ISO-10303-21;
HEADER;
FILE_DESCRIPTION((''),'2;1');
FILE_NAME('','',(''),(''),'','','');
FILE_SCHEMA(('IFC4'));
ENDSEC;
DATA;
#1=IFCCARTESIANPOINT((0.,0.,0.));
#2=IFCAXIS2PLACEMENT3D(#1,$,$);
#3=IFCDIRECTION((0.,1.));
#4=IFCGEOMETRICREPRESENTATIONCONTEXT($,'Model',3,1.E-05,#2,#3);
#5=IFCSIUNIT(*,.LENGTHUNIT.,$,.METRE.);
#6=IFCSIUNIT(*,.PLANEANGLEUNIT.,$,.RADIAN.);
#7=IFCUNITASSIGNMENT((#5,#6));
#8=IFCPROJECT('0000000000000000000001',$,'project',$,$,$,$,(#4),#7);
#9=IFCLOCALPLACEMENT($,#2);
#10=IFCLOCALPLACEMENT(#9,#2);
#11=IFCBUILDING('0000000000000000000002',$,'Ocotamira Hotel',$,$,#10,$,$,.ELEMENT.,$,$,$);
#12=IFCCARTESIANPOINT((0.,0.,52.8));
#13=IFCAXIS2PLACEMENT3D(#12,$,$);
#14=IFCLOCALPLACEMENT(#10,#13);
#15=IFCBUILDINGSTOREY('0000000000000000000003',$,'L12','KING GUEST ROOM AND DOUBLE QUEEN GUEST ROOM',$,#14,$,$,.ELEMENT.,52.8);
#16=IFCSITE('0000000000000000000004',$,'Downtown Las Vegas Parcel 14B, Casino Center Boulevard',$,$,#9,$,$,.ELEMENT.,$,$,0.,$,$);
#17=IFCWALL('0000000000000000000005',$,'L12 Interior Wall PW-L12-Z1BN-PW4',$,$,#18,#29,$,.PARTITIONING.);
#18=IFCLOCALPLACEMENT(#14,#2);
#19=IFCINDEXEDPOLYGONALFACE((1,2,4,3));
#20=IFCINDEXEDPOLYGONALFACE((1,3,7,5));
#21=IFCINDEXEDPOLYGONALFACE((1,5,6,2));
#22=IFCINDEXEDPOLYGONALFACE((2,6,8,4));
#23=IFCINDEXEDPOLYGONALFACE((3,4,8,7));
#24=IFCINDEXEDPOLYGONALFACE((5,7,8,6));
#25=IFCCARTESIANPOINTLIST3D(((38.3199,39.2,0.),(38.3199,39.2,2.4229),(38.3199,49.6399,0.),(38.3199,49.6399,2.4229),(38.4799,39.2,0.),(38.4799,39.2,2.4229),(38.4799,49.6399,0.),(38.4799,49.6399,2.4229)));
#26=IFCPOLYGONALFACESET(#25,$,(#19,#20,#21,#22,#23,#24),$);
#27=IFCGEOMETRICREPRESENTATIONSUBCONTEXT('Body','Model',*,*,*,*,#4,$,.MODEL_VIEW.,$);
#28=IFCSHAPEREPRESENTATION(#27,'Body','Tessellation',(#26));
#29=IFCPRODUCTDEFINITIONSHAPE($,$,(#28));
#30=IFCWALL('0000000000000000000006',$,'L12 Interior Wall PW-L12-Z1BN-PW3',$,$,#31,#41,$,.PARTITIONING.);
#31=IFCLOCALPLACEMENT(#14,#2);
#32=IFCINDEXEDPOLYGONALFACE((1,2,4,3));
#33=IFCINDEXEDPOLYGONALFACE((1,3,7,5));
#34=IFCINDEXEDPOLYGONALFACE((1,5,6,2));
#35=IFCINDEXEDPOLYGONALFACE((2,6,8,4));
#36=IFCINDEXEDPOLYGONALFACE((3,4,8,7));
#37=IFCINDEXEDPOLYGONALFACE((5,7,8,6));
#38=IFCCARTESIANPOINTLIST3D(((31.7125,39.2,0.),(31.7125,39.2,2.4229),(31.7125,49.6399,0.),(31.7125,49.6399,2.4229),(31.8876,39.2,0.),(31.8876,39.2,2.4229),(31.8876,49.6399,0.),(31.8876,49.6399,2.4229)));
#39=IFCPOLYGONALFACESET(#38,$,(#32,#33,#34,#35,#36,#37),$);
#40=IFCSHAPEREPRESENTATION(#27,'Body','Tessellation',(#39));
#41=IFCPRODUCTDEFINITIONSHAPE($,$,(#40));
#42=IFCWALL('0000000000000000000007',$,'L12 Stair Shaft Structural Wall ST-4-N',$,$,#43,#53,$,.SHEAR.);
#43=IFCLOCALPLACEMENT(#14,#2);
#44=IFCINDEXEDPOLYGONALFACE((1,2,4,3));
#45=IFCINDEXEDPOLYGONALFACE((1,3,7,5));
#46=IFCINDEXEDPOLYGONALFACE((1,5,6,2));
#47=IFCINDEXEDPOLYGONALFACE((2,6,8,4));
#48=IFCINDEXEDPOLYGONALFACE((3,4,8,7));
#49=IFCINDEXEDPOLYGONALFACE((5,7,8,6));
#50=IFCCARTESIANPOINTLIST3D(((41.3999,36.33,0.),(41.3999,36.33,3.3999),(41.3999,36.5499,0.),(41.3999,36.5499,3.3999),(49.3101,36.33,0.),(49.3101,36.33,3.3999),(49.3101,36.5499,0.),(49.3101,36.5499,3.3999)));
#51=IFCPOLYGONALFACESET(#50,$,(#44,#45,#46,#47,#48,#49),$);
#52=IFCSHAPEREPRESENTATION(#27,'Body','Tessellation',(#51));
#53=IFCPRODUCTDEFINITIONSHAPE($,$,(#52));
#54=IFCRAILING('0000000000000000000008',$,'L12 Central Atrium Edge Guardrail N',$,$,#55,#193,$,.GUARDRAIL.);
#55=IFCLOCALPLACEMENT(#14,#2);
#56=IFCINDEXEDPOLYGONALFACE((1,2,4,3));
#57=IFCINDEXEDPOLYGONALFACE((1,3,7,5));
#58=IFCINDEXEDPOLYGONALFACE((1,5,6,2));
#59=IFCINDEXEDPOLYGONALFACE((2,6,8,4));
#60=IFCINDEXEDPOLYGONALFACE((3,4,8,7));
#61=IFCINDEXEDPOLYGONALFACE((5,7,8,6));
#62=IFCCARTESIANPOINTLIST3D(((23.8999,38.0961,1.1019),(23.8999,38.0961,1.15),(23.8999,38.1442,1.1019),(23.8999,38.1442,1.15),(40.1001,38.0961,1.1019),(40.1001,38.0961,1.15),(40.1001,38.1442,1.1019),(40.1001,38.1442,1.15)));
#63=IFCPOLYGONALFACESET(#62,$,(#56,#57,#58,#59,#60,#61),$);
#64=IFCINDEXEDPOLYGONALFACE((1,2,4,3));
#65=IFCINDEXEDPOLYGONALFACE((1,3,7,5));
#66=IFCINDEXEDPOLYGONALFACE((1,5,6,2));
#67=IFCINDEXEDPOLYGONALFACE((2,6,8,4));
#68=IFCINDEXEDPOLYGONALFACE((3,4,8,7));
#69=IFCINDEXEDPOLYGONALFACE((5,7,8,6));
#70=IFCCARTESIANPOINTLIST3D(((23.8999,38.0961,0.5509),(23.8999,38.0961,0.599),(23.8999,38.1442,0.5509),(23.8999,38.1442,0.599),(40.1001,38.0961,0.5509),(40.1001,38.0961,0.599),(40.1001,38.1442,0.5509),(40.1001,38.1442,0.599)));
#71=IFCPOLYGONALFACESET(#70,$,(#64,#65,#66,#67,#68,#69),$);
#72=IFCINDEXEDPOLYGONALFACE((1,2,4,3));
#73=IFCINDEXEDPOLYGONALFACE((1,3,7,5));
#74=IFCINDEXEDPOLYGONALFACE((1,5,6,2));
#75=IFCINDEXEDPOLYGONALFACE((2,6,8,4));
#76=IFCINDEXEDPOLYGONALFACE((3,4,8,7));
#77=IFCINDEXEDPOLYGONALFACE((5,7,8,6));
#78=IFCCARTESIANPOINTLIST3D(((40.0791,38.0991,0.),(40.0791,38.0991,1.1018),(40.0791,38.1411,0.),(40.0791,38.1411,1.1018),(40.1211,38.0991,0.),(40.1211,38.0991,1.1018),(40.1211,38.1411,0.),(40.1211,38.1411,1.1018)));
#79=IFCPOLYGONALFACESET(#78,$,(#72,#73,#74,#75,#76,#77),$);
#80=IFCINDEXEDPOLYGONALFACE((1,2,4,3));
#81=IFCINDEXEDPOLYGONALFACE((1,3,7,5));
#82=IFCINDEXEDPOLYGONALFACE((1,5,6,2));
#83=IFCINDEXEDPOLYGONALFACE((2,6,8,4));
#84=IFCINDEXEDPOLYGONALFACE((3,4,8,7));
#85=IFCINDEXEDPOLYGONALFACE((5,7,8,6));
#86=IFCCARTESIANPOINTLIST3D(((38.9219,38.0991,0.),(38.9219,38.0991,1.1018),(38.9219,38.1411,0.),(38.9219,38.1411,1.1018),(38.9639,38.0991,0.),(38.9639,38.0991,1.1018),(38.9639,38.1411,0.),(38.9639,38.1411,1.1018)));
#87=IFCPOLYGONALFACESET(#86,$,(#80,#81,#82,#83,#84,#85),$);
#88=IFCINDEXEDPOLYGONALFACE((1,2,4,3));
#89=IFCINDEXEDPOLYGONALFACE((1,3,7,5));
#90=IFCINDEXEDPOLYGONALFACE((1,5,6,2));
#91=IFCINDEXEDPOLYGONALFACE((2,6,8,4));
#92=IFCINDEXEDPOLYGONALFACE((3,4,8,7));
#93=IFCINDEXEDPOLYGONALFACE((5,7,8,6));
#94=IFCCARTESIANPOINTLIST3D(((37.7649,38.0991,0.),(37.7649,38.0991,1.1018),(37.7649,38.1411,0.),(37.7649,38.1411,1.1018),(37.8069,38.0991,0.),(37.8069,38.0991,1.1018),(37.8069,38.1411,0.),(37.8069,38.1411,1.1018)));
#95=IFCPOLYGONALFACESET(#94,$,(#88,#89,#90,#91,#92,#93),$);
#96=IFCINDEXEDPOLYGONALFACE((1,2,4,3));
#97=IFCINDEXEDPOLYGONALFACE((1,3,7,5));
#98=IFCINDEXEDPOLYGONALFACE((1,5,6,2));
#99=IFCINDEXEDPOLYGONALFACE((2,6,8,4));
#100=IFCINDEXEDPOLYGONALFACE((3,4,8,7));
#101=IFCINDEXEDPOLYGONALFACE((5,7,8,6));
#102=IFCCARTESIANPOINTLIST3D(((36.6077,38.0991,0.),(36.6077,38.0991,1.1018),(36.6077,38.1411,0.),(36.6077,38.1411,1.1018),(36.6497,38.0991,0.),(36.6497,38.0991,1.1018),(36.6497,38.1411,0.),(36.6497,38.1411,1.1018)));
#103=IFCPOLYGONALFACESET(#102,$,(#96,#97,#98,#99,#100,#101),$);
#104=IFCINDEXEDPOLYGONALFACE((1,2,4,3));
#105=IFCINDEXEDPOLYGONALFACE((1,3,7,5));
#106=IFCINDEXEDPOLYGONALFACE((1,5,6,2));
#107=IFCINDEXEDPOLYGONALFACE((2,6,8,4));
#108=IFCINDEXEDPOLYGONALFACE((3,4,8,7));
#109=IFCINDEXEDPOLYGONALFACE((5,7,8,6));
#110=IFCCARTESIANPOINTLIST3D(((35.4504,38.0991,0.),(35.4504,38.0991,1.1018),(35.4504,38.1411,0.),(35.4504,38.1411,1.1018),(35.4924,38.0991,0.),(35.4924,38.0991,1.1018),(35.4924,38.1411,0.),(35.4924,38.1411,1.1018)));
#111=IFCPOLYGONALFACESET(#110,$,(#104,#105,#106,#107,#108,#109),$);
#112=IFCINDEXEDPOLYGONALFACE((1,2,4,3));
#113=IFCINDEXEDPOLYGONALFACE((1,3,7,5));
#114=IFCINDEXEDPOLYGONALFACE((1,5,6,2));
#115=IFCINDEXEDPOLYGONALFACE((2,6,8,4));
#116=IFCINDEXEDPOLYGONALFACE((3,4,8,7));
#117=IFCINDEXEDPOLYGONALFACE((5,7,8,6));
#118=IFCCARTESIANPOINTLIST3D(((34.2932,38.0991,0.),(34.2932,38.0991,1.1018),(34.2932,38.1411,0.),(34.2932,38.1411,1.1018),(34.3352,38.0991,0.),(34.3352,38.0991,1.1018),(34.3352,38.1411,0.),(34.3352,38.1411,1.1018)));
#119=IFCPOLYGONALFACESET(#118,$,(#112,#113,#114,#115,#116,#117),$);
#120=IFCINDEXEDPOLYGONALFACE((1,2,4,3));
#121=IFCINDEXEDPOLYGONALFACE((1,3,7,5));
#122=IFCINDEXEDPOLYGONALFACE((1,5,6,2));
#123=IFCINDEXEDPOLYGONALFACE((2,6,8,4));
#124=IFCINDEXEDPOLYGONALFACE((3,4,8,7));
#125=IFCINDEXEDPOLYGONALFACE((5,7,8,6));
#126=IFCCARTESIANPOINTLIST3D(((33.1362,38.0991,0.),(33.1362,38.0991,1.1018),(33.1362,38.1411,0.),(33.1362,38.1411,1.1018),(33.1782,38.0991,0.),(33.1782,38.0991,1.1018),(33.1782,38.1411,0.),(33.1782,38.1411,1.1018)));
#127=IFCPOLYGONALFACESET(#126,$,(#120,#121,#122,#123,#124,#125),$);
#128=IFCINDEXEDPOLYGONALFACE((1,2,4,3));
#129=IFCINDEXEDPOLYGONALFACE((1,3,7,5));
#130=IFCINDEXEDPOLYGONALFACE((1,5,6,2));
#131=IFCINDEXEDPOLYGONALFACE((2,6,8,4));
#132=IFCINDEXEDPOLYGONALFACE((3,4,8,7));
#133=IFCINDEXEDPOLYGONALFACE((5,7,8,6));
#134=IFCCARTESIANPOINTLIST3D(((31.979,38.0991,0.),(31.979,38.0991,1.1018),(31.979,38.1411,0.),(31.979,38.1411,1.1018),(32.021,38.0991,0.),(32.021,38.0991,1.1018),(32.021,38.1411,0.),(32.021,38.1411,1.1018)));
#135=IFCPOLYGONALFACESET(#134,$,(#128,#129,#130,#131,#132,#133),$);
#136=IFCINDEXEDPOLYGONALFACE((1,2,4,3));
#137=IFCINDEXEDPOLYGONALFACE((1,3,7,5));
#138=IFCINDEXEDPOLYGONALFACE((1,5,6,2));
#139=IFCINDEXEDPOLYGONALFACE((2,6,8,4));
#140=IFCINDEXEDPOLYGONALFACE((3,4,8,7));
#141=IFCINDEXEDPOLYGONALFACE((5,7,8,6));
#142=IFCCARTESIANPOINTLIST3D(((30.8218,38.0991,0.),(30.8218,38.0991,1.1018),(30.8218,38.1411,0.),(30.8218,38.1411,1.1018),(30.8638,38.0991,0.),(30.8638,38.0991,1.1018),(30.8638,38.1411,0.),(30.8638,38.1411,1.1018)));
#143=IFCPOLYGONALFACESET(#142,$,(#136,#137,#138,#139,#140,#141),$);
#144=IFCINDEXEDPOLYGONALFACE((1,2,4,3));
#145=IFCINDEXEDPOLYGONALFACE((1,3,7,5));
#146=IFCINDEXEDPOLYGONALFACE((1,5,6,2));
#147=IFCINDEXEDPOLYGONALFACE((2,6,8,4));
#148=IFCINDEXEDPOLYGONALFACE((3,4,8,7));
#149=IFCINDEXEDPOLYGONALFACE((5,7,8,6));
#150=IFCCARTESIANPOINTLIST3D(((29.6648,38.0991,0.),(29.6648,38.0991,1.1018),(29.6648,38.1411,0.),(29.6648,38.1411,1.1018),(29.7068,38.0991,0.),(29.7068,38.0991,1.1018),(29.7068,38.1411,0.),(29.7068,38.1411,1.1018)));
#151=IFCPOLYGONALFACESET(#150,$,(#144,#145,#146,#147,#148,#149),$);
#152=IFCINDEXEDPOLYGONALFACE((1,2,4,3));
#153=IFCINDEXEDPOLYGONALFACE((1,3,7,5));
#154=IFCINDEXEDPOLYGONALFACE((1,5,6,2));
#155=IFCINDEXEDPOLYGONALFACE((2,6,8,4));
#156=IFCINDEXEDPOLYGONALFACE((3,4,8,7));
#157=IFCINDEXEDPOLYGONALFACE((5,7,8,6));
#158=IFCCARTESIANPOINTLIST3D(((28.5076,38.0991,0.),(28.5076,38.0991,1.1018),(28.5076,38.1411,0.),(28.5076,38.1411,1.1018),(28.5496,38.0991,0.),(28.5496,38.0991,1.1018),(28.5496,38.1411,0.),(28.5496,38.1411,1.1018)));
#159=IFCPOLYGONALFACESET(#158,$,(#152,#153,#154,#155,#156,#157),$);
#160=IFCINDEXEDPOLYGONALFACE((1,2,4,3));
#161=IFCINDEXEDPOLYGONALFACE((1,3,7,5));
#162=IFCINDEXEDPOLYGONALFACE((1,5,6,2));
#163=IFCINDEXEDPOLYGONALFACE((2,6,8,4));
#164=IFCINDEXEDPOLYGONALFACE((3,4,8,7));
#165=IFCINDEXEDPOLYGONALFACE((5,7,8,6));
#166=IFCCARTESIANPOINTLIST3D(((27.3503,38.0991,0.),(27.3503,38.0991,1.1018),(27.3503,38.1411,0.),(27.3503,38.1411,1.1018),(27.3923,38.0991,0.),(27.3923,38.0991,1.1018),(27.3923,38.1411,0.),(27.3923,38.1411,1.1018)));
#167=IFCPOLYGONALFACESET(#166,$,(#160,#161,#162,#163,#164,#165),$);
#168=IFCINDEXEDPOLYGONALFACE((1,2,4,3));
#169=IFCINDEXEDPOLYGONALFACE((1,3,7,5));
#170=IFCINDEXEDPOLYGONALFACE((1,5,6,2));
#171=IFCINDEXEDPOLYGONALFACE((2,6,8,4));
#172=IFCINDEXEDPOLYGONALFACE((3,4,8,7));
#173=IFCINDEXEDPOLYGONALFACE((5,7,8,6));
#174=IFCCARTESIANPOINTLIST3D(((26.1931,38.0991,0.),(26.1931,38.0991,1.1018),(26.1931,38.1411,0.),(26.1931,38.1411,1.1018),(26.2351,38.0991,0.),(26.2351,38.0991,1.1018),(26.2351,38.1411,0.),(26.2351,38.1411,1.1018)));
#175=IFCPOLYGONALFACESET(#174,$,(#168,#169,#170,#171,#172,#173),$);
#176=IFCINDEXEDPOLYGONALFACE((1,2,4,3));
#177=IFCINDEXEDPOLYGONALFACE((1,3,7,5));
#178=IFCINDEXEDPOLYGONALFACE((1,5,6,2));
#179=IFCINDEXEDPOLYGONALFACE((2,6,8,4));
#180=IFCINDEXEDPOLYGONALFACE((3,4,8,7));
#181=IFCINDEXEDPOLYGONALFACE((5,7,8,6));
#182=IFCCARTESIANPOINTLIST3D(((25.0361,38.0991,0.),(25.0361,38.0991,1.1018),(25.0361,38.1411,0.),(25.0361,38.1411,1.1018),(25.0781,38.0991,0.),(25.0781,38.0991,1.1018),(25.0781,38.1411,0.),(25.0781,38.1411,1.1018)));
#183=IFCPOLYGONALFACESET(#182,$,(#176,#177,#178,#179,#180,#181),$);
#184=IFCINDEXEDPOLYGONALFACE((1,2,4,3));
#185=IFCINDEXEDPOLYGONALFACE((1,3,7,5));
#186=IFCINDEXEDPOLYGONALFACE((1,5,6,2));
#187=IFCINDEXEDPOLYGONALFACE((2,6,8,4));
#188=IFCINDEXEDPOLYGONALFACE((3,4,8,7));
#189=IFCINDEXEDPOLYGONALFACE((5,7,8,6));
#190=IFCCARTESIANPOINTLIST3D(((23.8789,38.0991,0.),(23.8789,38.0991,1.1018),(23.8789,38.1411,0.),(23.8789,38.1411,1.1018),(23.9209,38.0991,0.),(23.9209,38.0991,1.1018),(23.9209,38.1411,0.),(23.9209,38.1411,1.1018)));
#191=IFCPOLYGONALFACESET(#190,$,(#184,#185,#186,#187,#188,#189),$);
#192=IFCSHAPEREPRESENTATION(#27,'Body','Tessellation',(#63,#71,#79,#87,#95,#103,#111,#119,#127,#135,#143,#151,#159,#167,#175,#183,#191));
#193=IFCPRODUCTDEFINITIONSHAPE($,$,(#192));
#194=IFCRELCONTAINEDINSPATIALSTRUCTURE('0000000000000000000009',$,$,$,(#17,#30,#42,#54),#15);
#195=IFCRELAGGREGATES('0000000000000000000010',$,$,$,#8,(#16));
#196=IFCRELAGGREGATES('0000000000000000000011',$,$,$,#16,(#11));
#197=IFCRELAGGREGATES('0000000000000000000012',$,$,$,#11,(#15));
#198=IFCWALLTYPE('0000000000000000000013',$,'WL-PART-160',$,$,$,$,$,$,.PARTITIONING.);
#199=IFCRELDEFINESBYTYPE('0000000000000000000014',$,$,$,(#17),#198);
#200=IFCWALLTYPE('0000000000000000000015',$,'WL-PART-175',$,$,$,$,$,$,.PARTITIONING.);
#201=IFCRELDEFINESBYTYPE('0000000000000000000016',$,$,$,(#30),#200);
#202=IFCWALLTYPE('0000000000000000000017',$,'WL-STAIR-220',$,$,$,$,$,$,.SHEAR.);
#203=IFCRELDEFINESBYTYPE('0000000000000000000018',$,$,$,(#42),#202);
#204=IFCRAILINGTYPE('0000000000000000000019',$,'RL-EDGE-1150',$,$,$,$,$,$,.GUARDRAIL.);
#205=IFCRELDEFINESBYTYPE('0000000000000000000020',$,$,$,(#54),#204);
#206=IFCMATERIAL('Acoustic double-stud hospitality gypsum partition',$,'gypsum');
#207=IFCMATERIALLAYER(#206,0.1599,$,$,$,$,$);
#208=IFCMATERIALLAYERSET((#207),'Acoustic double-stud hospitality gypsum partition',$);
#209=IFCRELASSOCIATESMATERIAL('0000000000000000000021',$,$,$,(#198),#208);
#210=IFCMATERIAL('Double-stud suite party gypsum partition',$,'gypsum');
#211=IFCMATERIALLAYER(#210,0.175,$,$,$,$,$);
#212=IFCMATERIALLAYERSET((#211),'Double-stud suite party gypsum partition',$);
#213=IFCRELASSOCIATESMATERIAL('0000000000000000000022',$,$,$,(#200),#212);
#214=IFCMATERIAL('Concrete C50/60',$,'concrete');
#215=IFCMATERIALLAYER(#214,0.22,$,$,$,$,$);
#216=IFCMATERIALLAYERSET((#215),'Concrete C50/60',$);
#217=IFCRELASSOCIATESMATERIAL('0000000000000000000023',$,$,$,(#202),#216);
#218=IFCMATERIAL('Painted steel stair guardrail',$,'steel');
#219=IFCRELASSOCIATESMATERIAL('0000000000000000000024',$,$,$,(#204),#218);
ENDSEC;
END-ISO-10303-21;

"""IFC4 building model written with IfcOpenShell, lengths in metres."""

from ifc_helpers import new_model, si_unit, direction, frame, frame_2d, origin, origin_2d, place, context, subcontext, project, spatial, rectangle, extrude, material, layer, layer_set, type_object, element, save


model = new_model("IFC4")

# Units and contexts
model_context = context("Model", 3, precision=1e-05, world=origin(), true_north=direction((0.0, 1.0)))
body_context = subcontext(model_context, "Body", "Model", "MODEL_VIEW")
ifc_project = project(units=[si_unit("LENGTHUNIT", "METRE"), si_unit("PLANEANGLEUNIT", "RADIAN")], contexts=[model_context])

# Site, building, storey
site_placement = place(None, origin())
site = spatial("IfcSite", under=ifc_project, at=site_placement, Name="Downtown Las Vegas Parcel 14B, Casino Center Boulevard", CompositionType="ELEMENT", RefElevation=0.0)
building_placement = place(site_placement, origin())
building = spatial("IfcBuilding", under=site, at=building_placement, Name="Ocotamira Hotel", CompositionType="ELEMENT")
storey_placement = place(building_placement, frame((0.0, 0.0, 52.8)))
storey = spatial("IfcBuildingStorey", under=building, at=storey_placement, Name="L12", Description="KING GUEST ROOM AND DOUBLE QUEEN GUEST ROOM", CompositionType="ELEMENT", Elevation=52.8)

# Walls
ifc_material_1 = material(Name="Acoustic double-stud hospitality gypsum partition", Category="gypsum")
ifc_layer_1 = layer(ifc_material_1, 0.1599)
ifc_layer_set_1 = layer_set([ifc_layer_1], Name="Acoustic double-stud hospitality gypsum partition")
wall_type_1 = type_object("IfcWallType", Name="WL-PART-160", PredefinedType="PARTITIONING", material=ifc_layer_set_1)
wall_1_placement = place(storey_placement, frame((38.3999, 39.2, 0.0), z_axis=(0.0, 0.0, 1.0), x_axis=(0.0, 1.0, 0.0)))
element("IfcWall", 1, at=wall_1_placement, inside=storey, type_object=wall_type_1, Name="L12 Interior Wall PW-L12-Z1BN-PW4", PredefinedType="PARTITIONING", context=body_context, shape_type="SweptSolid", body=[
    extrude(rectangle(XDim=10.4399, YDim=0.1599, at=frame_2d((5.22, 0.0))), origin(), (0.0, 0.0, 1.0), 2.4229),
])
ifc_material_2 = material(Name="Double-stud suite party gypsum partition", Category="gypsum")
ifc_layer_2 = layer(ifc_material_2, 0.175)
ifc_layer_set_2 = layer_set([ifc_layer_2], Name="Double-stud suite party gypsum partition")
wall_type_2 = type_object("IfcWallType", Name="WL-PART-175", PredefinedType="PARTITIONING", material=ifc_layer_set_2)
wall_2_placement = place(storey_placement, frame((31.8, 39.2, 0.0), z_axis=(0.0, 0.0, 1.0), x_axis=(0.0, 1.0, 0.0)))
element("IfcWall", 2, at=wall_2_placement, inside=storey, type_object=wall_type_2, Name="L12 Interior Wall PW-L12-Z1BN-PW3", PredefinedType="PARTITIONING", context=body_context, shape_type="SweptSolid", body=[
    extrude(rectangle(XDim=10.4399, YDim=0.175, at=frame_2d((5.22, 0.0))), origin(), (0.0, 0.0, 1.0), 2.4229),
])
ifc_material_3 = material(Name="Concrete C50/60", Category="concrete")
ifc_layer_3 = layer(ifc_material_3, 0.22)
ifc_layer_set_3 = layer_set([ifc_layer_3], Name="Concrete C50/60")
wall_type_3 = type_object("IfcWallType", Name="WL-STAIR-220", PredefinedType="SHEAR", material=ifc_layer_set_3)
wall_3_placement = place(storey_placement, frame((41.3999, 36.4399, 0.0), z_axis=(0.0, 0.0, 1.0), x_axis=(1.0, 0.0, 0.0)))
element("IfcWall", 3, at=wall_3_placement, inside=storey, type_object=wall_type_3, Name="L12 Stair Shaft Structural Wall ST-4-N", PredefinedType="SHEAR", context=body_context, shape_type="SweptSolid", body=[
    extrude(rectangle(XDim=7.9102, YDim=0.22, at=frame_2d((3.9551, 0.0))), origin(), (0.0, 0.0, 1.0), 3.3999),
])

# Railing
ifc_material_4 = material(Name="Painted steel stair guardrail", Category="steel")
railing_type = type_object("IfcRailingType", Name="RL-EDGE-1150", PredefinedType="GUARDRAIL", material=ifc_material_4)
railing_placement = place(storey_placement, frame((40.1001, 38.1201, 0.0)))
element("IfcRailing", 4, at=railing_placement, inside=storey, type_object=railing_type, Name="L12 Central Atrium Edge Guardrail N", PredefinedType="GUARDRAIL", context=body_context, shape_type="SweptSolid", body=[
    extrude(rectangle(XDim=0.0481, YDim=0.0481, at=origin_2d()), frame((0.0, 0.0, 1.126), z_axis=(-1.0, 0.0, 0.0), x_axis=(0.0, -1.0, 0.0)), (0.0, 0.0, 1.0), 16.2002),
    extrude(rectangle(XDim=0.0481, YDim=0.0481, at=origin_2d()), frame((0.0, 0.0, 0.575), z_axis=(-1.0, 0.0, 0.0), x_axis=(0.0, -1.0, 0.0)), (0.0, 0.0, 1.0), 16.2002),
    extrude(rectangle(XDim=0.042, YDim=0.042, at=origin_2d()), origin(), (0.0, 0.0, 1.0), 1.1018),
    extrude(rectangle(XDim=0.042, YDim=0.042, at=origin_2d()), frame((-1.1572, 0.0, 0.0)), (0.0, 0.0, 1.0), 1.1018),
    extrude(rectangle(XDim=0.042, YDim=0.042, at=origin_2d()), frame((-2.3142, 0.0, 0.0)), (0.0, 0.0, 1.0), 1.1018),
    extrude(rectangle(XDim=0.042, YDim=0.042, at=origin_2d()), frame((-3.4714, 0.0, 0.0)), (0.0, 0.0, 1.0), 1.1018),
    extrude(rectangle(XDim=0.042, YDim=0.042, at=origin_2d()), frame((-4.6287, 0.0, 0.0)), (0.0, 0.0, 1.0), 1.1018),
    extrude(rectangle(XDim=0.042, YDim=0.042, at=origin_2d()), frame((-5.7859, 0.0, 0.0)), (0.0, 0.0, 1.0), 1.1018),
    extrude(rectangle(XDim=0.042, YDim=0.042, at=origin_2d()), frame((-6.9429, 0.0, 0.0)), (0.0, 0.0, 1.0), 1.1018),
    extrude(rectangle(XDim=0.042, YDim=0.042, at=origin_2d()), frame((-8.1001, 0.0, 0.0)), (0.0, 0.0, 1.0), 1.1018),
    extrude(rectangle(XDim=0.042, YDim=0.042, at=origin_2d()), frame((-9.2573, 0.0, 0.0)), (0.0, 0.0, 1.0), 1.1018),
    extrude(rectangle(XDim=0.042, YDim=0.042, at=origin_2d()), frame((-10.4143, 0.0, 0.0)), (0.0, 0.0, 1.0), 1.1018),
    extrude(rectangle(XDim=0.042, YDim=0.042, at=origin_2d()), frame((-11.5715, 0.0, 0.0)), (0.0, 0.0, 1.0), 1.1018),
    extrude(rectangle(XDim=0.042, YDim=0.042, at=origin_2d()), frame((-12.7288, 0.0, 0.0)), (0.0, 0.0, 1.0), 1.1018),
    extrude(rectangle(XDim=0.042, YDim=0.042, at=origin_2d()), frame((-13.886, 0.0, 0.0)), (0.0, 0.0, 1.0), 1.1018),
    extrude(rectangle(XDim=0.042, YDim=0.042, at=origin_2d()), frame((-15.043, 0.0, 0.0)), (0.0, 0.0, 1.0), 1.1018),
    extrude(rectangle(XDim=0.042, YDim=0.042, at=origin_2d()), frame((-16.2002, 0.0, 0.0)), (0.0, 0.0, 1.0), 1.1018),
])

save(model, "model.ifc")
